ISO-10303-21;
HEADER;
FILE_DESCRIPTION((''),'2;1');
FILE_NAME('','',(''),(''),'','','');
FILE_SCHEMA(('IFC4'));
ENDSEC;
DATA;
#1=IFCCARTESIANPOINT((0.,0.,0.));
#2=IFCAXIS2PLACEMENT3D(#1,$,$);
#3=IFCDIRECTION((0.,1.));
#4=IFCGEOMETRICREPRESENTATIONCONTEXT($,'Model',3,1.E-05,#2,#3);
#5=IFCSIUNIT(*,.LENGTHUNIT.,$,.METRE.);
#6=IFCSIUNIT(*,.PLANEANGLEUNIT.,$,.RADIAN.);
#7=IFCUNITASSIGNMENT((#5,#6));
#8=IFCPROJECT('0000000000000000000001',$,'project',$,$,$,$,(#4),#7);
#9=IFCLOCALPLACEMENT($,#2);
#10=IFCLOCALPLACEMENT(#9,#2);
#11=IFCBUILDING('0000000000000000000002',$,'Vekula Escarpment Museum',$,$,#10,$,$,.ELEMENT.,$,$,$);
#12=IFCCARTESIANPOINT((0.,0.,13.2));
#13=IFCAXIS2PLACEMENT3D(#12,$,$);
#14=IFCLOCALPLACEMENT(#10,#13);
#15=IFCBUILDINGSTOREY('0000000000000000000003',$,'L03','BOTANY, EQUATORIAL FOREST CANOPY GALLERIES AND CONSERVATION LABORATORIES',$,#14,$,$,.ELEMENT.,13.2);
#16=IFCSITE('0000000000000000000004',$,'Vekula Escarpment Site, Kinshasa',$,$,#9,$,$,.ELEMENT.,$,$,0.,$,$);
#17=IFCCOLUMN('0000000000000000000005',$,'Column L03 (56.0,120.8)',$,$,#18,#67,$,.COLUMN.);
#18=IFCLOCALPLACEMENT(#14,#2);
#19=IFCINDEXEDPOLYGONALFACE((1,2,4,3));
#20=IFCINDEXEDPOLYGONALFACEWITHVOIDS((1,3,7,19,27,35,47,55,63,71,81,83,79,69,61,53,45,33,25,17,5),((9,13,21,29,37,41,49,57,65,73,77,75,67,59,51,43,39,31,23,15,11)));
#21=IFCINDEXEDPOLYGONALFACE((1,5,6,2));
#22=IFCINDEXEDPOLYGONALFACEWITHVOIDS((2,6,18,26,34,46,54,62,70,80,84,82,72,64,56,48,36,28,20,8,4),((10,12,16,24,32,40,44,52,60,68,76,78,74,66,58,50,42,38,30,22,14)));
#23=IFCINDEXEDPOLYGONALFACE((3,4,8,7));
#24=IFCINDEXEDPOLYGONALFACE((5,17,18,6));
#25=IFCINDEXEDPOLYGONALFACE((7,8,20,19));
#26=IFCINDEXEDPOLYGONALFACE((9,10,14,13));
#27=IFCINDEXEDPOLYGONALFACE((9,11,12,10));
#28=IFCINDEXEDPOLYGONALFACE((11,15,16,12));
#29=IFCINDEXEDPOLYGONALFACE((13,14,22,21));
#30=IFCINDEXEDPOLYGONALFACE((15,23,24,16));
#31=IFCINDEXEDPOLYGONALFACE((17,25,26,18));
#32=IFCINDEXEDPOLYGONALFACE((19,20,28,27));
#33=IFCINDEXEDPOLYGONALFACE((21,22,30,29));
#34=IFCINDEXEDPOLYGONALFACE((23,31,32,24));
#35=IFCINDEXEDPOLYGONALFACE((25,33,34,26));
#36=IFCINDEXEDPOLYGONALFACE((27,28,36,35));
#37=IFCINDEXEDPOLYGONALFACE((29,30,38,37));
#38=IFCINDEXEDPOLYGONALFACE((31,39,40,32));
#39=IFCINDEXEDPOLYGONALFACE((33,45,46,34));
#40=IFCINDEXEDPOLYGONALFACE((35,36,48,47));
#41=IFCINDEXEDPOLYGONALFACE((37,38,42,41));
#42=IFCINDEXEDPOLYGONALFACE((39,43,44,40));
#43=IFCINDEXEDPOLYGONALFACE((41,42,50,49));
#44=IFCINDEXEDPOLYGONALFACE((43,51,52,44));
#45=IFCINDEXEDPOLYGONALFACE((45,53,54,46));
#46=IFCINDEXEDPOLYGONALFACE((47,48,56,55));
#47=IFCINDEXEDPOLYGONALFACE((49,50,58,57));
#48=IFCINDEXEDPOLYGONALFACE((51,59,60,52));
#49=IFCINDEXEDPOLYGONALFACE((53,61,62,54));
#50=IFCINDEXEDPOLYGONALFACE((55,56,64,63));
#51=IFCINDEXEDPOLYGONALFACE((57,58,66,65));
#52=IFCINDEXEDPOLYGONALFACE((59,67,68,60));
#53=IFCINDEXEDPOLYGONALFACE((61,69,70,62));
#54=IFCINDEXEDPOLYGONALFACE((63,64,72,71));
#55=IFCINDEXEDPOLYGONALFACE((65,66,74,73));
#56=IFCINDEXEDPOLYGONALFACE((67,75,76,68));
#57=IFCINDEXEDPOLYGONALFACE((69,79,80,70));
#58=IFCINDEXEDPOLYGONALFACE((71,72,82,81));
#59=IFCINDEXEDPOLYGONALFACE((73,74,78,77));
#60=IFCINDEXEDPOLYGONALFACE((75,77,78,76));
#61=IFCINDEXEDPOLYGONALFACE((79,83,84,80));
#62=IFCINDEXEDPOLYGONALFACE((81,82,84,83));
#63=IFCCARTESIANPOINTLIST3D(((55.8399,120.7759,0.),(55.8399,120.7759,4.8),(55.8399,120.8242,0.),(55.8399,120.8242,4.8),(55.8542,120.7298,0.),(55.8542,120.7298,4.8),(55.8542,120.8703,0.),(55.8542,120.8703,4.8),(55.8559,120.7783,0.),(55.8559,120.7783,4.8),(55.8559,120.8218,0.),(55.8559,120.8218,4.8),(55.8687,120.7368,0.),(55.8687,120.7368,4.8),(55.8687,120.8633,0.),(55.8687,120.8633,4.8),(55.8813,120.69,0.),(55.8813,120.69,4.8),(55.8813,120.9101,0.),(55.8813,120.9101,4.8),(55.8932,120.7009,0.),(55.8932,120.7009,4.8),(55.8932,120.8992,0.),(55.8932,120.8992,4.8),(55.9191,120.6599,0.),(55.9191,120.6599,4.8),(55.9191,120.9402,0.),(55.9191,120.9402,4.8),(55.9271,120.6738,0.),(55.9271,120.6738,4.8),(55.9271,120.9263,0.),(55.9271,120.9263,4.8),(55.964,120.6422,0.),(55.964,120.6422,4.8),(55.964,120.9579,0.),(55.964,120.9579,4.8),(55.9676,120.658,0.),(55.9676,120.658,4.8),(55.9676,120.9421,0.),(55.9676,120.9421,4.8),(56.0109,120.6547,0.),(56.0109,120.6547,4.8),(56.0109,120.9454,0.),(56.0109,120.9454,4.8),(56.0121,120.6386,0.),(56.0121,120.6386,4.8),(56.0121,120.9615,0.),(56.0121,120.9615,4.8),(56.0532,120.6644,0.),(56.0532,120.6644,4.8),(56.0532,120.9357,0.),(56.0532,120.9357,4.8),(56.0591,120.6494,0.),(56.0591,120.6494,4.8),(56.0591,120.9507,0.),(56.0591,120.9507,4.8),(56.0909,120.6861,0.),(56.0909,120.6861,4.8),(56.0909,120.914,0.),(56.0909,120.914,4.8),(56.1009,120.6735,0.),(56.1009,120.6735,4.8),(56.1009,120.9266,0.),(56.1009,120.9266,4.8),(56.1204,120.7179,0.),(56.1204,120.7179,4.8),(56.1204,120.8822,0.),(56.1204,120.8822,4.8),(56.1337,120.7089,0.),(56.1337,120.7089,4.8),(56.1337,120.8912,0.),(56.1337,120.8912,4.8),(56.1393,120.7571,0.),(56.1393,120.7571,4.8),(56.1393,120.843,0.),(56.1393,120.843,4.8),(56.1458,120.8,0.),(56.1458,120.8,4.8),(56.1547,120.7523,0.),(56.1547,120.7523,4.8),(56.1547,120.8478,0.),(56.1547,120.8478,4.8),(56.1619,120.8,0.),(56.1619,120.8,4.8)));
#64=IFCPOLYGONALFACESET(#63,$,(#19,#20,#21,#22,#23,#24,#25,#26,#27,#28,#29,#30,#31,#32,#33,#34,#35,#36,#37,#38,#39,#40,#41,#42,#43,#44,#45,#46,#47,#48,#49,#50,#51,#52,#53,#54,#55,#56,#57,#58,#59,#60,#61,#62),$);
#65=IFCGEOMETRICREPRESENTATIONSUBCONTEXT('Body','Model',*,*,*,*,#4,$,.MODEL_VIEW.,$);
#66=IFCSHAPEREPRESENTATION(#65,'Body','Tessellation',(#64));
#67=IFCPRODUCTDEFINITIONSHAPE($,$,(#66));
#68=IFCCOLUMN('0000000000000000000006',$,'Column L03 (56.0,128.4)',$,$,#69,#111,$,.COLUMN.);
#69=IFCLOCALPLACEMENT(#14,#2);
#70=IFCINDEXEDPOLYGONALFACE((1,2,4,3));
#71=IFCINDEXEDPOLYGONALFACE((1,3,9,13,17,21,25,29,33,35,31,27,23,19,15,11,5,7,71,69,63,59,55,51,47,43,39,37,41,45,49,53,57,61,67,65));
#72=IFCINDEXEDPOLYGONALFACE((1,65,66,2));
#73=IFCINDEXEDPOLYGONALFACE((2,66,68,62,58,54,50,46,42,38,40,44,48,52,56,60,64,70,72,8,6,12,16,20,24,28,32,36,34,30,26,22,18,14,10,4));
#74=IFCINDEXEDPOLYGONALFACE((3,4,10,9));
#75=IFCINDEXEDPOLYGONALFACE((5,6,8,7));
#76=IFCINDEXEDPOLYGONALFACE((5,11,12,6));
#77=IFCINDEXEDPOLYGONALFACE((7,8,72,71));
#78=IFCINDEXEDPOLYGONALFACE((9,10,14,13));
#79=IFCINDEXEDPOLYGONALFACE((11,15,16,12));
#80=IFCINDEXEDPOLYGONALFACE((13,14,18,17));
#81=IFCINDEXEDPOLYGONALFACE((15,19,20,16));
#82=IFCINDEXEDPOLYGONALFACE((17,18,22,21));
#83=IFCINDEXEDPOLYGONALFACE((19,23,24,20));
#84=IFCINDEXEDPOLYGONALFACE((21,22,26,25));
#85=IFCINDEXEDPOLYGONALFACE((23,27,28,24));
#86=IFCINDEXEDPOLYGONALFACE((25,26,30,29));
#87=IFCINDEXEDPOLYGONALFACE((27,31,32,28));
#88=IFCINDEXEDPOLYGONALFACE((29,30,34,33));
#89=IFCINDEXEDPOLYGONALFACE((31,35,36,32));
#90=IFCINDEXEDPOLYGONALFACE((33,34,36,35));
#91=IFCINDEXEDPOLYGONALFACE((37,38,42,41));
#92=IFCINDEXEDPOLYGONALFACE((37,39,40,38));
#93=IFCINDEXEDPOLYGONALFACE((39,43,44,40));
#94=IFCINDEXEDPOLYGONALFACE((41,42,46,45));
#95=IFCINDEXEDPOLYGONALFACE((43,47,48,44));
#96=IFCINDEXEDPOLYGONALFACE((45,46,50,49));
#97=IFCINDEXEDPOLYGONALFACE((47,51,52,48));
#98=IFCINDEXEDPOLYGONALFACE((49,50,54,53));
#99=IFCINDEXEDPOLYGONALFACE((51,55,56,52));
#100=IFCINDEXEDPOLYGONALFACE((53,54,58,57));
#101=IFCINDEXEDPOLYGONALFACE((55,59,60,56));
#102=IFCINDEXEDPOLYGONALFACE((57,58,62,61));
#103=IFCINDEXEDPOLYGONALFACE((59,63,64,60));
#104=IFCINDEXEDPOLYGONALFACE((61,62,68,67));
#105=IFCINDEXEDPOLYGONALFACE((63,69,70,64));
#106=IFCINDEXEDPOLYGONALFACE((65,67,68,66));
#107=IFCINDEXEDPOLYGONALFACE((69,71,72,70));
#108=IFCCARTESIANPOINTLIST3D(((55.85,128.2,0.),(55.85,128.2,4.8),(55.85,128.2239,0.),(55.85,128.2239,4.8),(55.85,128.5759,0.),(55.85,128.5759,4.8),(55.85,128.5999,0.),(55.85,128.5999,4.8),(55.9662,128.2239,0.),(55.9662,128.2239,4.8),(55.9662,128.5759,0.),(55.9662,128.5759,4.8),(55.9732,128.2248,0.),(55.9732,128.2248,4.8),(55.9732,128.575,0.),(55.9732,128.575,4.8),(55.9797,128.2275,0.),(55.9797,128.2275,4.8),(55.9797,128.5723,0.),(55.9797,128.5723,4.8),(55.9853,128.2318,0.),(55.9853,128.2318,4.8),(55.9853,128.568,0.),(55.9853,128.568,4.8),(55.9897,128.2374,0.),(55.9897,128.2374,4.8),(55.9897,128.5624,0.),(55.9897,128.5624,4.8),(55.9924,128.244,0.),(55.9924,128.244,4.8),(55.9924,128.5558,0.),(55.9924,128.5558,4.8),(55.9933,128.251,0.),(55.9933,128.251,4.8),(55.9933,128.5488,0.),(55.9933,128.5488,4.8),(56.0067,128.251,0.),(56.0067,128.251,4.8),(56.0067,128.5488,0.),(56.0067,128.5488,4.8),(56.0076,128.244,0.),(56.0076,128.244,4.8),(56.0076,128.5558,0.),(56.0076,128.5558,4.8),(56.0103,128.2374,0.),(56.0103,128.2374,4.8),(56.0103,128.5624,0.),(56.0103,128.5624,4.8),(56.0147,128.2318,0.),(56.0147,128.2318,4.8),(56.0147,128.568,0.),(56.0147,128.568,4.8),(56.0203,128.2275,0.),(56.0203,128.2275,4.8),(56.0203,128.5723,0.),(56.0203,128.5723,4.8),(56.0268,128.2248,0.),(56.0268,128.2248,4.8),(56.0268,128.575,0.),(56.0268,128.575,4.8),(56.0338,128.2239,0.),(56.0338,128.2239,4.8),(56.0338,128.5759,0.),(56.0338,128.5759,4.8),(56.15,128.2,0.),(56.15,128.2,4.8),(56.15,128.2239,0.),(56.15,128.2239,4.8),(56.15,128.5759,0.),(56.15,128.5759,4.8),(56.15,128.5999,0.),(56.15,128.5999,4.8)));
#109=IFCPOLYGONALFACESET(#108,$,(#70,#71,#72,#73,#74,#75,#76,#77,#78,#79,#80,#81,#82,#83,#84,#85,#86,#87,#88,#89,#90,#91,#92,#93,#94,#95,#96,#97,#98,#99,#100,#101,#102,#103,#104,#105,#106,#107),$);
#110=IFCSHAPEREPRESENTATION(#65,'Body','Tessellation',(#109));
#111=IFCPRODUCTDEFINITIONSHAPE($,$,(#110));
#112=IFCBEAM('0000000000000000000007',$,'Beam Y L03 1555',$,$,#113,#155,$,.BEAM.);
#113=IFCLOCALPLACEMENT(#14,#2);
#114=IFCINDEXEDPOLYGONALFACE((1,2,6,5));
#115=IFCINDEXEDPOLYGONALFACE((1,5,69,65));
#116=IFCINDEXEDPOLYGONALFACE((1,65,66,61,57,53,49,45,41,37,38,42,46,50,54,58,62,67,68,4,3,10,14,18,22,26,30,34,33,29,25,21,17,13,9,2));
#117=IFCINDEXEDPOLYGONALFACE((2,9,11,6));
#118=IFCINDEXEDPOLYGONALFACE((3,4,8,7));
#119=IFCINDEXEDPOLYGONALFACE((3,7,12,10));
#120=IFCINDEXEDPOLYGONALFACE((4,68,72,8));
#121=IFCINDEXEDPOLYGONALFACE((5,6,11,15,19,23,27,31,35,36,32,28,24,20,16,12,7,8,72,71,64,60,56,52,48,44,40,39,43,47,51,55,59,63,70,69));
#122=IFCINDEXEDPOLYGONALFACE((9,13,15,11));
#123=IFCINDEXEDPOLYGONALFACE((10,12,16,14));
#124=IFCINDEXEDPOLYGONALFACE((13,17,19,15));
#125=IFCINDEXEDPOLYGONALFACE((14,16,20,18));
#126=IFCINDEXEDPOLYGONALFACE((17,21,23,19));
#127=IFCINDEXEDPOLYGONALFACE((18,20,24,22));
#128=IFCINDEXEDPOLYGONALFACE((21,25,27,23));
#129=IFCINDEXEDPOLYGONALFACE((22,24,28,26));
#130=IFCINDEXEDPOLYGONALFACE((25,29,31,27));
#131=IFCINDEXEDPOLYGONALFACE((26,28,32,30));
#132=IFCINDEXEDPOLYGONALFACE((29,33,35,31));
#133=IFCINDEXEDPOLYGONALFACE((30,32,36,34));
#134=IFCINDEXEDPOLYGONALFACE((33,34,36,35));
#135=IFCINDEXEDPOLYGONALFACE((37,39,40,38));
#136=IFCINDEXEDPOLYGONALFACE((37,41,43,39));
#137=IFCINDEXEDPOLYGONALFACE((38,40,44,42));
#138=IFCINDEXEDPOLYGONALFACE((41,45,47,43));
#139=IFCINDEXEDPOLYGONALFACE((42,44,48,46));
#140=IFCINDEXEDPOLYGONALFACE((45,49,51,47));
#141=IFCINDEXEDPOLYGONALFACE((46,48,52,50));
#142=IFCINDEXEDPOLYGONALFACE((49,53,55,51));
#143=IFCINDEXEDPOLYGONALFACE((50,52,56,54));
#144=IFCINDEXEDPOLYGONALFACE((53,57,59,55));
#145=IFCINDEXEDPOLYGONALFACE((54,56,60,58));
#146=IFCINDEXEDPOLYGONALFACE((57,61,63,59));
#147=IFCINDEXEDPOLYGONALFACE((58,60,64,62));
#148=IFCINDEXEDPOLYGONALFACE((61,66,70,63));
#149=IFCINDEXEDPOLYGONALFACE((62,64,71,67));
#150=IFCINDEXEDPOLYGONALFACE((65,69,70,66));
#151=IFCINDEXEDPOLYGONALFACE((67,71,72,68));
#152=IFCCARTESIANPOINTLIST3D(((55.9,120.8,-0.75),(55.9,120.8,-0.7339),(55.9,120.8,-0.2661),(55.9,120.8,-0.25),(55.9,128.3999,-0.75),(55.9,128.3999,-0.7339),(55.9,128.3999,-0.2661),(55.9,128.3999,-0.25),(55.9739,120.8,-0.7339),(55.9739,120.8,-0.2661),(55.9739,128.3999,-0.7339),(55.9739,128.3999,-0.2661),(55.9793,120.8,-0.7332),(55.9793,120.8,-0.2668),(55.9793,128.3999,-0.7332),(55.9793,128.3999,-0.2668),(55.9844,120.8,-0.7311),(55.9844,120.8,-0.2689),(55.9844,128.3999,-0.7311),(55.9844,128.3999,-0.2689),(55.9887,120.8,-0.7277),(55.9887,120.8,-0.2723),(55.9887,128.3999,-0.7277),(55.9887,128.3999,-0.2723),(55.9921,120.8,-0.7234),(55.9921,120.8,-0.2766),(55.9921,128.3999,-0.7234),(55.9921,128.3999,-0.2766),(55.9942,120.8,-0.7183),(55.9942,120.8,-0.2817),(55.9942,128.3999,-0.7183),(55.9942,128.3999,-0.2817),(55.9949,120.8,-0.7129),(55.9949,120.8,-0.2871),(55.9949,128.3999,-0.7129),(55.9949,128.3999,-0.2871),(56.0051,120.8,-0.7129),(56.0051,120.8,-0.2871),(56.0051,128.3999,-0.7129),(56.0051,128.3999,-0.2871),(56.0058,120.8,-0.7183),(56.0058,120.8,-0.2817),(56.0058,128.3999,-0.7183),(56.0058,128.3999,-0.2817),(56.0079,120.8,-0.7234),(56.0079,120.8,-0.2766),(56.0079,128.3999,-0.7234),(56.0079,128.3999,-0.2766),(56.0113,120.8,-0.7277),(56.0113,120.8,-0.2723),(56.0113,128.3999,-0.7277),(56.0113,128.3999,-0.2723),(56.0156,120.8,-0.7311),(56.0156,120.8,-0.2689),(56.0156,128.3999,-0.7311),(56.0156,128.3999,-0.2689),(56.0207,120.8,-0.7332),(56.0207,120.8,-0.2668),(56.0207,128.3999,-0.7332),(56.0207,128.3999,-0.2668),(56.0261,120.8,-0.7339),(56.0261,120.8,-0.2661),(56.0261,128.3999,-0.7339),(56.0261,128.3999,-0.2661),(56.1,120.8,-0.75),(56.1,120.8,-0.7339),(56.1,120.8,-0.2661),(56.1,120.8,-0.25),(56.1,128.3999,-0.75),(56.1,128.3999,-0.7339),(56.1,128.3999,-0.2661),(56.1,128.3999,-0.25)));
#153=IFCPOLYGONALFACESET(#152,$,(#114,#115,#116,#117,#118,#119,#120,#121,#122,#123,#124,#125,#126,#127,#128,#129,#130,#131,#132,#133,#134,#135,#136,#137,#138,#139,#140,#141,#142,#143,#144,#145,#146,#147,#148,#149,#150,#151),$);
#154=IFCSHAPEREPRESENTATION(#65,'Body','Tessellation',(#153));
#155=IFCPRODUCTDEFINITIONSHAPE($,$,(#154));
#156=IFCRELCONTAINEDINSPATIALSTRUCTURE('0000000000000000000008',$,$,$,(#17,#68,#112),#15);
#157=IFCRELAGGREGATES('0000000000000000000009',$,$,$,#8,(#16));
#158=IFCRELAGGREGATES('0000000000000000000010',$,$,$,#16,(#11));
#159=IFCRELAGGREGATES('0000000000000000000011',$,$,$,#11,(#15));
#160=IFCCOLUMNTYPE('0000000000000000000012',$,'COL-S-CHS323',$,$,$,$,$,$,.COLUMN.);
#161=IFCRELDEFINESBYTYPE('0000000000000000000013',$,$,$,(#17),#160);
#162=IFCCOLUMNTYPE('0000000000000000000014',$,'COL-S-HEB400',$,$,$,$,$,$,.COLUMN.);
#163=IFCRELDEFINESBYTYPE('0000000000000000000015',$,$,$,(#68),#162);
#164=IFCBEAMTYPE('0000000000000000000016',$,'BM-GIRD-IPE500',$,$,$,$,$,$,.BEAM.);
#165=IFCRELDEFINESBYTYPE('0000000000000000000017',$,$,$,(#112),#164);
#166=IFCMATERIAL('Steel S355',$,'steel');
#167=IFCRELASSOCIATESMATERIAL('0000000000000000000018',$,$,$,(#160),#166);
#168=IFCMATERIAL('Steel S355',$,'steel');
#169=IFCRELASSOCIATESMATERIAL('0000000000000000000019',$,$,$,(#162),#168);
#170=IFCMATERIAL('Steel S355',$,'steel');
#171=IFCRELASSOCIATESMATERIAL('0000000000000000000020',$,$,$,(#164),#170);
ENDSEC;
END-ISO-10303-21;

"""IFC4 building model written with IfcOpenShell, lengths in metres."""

from ifc_helpers import new_model, si_unit, direction, frame, origin, origin_2d, place, context, subcontext, project, spatial, hollow_circle, i_section, extrude, material, material_profile, profile_set, type_object, element, save


model = new_model("IFC4")

# Units and contexts
model_context = context("Model", 3, precision=1e-05, world=origin(), true_north=direction((0.0, 1.0)))
body_context = subcontext(model_context, "Body", "Model", "MODEL_VIEW")
ifc_project = project(units=[si_unit("LENGTHUNIT", "METRE"), si_unit("PLANEANGLEUNIT", "RADIAN")], contexts=[model_context])

# Site, building, storey
site_placement = place(None, origin())
site = spatial("IfcSite", under=ifc_project, at=site_placement, Name="Vekula Escarpment Site, Kinshasa", CompositionType="ELEMENT", RefElevation=0.0)
building_placement = place(site_placement, origin())
building = spatial("IfcBuilding", under=site, at=building_placement, Name="Vekula Escarpment Museum", CompositionType="ELEMENT")
storey_placement = place(building_placement, frame((0.0, 0.0, 13.2)))
storey = spatial("IfcBuildingStorey", under=building, at=storey_placement, Name="L03", Description="BOTANY, EQUATORIAL FOREST CANOPY GALLERIES AND CONSERVATION LABORATORIES", CompositionType="ELEMENT", Elevation=13.2)

# Columns
ifc_material_1 = material(Name="Steel S355", Category="steel")
ifc_material_profile_1 = material_profile(ifc_material_1, hollow_circle(Radius=0.1619, WallThickness=0.0161, at=origin_2d()), Name="CHS 323.9x16")
ifc_profile_set_1 = profile_set([ifc_material_profile_1], Name="Steel S355")
column_type_1 = type_object("IfcColumnType", Name="COL-S-CHS323", PredefinedType="COLUMN", material=ifc_profile_set_1)
column_1_placement = place(storey_placement, frame((56.0, 120.8, 0.0), z_axis=(0.0, 0.0, 1.0), x_axis=(1.0, 0.0, 0.0)))
element("IfcColumn", 1, at=column_1_placement, inside=storey, type_object=column_type_1, Name="Column L03 (56.0,120.8)", PredefinedType="COLUMN", context=body_context, shape_type="SweptSolid", body=[
    extrude(hollow_circle(Radius=0.1619, WallThickness=0.0161, at=origin_2d()), origin(), (0.0, 0.0, 1.0), 4.8),
])
ifc_material_2 = material(Name="Steel S355", Category="steel")
ifc_material_profile_2 = material_profile(ifc_material_2, i_section(OverallWidth=0.3, OverallDepth=0.3999, WebThickness=0.0134, FlangeThickness=0.0239, FilletRadius=0.0271, at=origin_2d()), Name="HEB 400")
ifc_profile_set_2 = profile_set([ifc_material_profile_2], Name="Steel S355")
column_type_2 = type_object("IfcColumnType", Name="COL-S-HEB400", PredefinedType="COLUMN", material=ifc_profile_set_2)
column_2_placement = place(storey_placement, frame((56.0, 128.3999, 0.0), z_axis=(0.0, 0.0, 1.0), x_axis=(1.0, 0.0, 0.0)))
element("IfcColumn", 2, at=column_2_placement, inside=storey, type_object=column_type_2, Name="Column L03 (56.0,128.4)", PredefinedType="COLUMN", context=body_context, shape_type="SweptSolid", body=[
    extrude(i_section(OverallWidth=0.3, OverallDepth=0.3999, WebThickness=0.0134, FlangeThickness=0.0239, FilletRadius=0.0271, at=origin_2d()), origin(), (0.0, 0.0, 1.0), 4.8),
])

# Beam
ifc_material_3 = material(Name="Steel S355", Category="steel")
ifc_material_profile_3 = material_profile(ifc_material_3, i_section(OverallWidth=0.2, OverallDepth=0.5, WebThickness=0.0103, FlangeThickness=0.0161, FilletRadius=0.021, at=origin_2d()), Name="IPE 500")
ifc_profile_set_3 = profile_set([ifc_material_profile_3], Name="Steel S355")
beam_type = type_object("IfcBeamType", Name="BM-GIRD-IPE500", PredefinedType="BEAM", material=ifc_profile_set_3)
beam_1_placement = place(storey_placement, frame((56.0, 120.8, -0.5), z_axis=(0.0, 1.0, 0.0), x_axis=(-1.0, 0.0, 0.0)))
element("IfcBeam", 3, at=beam_1_placement, inside=storey, type_object=beam_type, Name="Beam Y L03 1555", PredefinedType="BEAM", context=body_context, shape_type="SweptSolid", body=[
    extrude(i_section(OverallWidth=0.2, OverallDepth=0.5, WebThickness=0.0103, FlangeThickness=0.0161, FilletRadius=0.021, at=origin_2d()), origin(), (0.0, 0.0, 1.0), 7.5999),
])

save(model, "model.ifc")
